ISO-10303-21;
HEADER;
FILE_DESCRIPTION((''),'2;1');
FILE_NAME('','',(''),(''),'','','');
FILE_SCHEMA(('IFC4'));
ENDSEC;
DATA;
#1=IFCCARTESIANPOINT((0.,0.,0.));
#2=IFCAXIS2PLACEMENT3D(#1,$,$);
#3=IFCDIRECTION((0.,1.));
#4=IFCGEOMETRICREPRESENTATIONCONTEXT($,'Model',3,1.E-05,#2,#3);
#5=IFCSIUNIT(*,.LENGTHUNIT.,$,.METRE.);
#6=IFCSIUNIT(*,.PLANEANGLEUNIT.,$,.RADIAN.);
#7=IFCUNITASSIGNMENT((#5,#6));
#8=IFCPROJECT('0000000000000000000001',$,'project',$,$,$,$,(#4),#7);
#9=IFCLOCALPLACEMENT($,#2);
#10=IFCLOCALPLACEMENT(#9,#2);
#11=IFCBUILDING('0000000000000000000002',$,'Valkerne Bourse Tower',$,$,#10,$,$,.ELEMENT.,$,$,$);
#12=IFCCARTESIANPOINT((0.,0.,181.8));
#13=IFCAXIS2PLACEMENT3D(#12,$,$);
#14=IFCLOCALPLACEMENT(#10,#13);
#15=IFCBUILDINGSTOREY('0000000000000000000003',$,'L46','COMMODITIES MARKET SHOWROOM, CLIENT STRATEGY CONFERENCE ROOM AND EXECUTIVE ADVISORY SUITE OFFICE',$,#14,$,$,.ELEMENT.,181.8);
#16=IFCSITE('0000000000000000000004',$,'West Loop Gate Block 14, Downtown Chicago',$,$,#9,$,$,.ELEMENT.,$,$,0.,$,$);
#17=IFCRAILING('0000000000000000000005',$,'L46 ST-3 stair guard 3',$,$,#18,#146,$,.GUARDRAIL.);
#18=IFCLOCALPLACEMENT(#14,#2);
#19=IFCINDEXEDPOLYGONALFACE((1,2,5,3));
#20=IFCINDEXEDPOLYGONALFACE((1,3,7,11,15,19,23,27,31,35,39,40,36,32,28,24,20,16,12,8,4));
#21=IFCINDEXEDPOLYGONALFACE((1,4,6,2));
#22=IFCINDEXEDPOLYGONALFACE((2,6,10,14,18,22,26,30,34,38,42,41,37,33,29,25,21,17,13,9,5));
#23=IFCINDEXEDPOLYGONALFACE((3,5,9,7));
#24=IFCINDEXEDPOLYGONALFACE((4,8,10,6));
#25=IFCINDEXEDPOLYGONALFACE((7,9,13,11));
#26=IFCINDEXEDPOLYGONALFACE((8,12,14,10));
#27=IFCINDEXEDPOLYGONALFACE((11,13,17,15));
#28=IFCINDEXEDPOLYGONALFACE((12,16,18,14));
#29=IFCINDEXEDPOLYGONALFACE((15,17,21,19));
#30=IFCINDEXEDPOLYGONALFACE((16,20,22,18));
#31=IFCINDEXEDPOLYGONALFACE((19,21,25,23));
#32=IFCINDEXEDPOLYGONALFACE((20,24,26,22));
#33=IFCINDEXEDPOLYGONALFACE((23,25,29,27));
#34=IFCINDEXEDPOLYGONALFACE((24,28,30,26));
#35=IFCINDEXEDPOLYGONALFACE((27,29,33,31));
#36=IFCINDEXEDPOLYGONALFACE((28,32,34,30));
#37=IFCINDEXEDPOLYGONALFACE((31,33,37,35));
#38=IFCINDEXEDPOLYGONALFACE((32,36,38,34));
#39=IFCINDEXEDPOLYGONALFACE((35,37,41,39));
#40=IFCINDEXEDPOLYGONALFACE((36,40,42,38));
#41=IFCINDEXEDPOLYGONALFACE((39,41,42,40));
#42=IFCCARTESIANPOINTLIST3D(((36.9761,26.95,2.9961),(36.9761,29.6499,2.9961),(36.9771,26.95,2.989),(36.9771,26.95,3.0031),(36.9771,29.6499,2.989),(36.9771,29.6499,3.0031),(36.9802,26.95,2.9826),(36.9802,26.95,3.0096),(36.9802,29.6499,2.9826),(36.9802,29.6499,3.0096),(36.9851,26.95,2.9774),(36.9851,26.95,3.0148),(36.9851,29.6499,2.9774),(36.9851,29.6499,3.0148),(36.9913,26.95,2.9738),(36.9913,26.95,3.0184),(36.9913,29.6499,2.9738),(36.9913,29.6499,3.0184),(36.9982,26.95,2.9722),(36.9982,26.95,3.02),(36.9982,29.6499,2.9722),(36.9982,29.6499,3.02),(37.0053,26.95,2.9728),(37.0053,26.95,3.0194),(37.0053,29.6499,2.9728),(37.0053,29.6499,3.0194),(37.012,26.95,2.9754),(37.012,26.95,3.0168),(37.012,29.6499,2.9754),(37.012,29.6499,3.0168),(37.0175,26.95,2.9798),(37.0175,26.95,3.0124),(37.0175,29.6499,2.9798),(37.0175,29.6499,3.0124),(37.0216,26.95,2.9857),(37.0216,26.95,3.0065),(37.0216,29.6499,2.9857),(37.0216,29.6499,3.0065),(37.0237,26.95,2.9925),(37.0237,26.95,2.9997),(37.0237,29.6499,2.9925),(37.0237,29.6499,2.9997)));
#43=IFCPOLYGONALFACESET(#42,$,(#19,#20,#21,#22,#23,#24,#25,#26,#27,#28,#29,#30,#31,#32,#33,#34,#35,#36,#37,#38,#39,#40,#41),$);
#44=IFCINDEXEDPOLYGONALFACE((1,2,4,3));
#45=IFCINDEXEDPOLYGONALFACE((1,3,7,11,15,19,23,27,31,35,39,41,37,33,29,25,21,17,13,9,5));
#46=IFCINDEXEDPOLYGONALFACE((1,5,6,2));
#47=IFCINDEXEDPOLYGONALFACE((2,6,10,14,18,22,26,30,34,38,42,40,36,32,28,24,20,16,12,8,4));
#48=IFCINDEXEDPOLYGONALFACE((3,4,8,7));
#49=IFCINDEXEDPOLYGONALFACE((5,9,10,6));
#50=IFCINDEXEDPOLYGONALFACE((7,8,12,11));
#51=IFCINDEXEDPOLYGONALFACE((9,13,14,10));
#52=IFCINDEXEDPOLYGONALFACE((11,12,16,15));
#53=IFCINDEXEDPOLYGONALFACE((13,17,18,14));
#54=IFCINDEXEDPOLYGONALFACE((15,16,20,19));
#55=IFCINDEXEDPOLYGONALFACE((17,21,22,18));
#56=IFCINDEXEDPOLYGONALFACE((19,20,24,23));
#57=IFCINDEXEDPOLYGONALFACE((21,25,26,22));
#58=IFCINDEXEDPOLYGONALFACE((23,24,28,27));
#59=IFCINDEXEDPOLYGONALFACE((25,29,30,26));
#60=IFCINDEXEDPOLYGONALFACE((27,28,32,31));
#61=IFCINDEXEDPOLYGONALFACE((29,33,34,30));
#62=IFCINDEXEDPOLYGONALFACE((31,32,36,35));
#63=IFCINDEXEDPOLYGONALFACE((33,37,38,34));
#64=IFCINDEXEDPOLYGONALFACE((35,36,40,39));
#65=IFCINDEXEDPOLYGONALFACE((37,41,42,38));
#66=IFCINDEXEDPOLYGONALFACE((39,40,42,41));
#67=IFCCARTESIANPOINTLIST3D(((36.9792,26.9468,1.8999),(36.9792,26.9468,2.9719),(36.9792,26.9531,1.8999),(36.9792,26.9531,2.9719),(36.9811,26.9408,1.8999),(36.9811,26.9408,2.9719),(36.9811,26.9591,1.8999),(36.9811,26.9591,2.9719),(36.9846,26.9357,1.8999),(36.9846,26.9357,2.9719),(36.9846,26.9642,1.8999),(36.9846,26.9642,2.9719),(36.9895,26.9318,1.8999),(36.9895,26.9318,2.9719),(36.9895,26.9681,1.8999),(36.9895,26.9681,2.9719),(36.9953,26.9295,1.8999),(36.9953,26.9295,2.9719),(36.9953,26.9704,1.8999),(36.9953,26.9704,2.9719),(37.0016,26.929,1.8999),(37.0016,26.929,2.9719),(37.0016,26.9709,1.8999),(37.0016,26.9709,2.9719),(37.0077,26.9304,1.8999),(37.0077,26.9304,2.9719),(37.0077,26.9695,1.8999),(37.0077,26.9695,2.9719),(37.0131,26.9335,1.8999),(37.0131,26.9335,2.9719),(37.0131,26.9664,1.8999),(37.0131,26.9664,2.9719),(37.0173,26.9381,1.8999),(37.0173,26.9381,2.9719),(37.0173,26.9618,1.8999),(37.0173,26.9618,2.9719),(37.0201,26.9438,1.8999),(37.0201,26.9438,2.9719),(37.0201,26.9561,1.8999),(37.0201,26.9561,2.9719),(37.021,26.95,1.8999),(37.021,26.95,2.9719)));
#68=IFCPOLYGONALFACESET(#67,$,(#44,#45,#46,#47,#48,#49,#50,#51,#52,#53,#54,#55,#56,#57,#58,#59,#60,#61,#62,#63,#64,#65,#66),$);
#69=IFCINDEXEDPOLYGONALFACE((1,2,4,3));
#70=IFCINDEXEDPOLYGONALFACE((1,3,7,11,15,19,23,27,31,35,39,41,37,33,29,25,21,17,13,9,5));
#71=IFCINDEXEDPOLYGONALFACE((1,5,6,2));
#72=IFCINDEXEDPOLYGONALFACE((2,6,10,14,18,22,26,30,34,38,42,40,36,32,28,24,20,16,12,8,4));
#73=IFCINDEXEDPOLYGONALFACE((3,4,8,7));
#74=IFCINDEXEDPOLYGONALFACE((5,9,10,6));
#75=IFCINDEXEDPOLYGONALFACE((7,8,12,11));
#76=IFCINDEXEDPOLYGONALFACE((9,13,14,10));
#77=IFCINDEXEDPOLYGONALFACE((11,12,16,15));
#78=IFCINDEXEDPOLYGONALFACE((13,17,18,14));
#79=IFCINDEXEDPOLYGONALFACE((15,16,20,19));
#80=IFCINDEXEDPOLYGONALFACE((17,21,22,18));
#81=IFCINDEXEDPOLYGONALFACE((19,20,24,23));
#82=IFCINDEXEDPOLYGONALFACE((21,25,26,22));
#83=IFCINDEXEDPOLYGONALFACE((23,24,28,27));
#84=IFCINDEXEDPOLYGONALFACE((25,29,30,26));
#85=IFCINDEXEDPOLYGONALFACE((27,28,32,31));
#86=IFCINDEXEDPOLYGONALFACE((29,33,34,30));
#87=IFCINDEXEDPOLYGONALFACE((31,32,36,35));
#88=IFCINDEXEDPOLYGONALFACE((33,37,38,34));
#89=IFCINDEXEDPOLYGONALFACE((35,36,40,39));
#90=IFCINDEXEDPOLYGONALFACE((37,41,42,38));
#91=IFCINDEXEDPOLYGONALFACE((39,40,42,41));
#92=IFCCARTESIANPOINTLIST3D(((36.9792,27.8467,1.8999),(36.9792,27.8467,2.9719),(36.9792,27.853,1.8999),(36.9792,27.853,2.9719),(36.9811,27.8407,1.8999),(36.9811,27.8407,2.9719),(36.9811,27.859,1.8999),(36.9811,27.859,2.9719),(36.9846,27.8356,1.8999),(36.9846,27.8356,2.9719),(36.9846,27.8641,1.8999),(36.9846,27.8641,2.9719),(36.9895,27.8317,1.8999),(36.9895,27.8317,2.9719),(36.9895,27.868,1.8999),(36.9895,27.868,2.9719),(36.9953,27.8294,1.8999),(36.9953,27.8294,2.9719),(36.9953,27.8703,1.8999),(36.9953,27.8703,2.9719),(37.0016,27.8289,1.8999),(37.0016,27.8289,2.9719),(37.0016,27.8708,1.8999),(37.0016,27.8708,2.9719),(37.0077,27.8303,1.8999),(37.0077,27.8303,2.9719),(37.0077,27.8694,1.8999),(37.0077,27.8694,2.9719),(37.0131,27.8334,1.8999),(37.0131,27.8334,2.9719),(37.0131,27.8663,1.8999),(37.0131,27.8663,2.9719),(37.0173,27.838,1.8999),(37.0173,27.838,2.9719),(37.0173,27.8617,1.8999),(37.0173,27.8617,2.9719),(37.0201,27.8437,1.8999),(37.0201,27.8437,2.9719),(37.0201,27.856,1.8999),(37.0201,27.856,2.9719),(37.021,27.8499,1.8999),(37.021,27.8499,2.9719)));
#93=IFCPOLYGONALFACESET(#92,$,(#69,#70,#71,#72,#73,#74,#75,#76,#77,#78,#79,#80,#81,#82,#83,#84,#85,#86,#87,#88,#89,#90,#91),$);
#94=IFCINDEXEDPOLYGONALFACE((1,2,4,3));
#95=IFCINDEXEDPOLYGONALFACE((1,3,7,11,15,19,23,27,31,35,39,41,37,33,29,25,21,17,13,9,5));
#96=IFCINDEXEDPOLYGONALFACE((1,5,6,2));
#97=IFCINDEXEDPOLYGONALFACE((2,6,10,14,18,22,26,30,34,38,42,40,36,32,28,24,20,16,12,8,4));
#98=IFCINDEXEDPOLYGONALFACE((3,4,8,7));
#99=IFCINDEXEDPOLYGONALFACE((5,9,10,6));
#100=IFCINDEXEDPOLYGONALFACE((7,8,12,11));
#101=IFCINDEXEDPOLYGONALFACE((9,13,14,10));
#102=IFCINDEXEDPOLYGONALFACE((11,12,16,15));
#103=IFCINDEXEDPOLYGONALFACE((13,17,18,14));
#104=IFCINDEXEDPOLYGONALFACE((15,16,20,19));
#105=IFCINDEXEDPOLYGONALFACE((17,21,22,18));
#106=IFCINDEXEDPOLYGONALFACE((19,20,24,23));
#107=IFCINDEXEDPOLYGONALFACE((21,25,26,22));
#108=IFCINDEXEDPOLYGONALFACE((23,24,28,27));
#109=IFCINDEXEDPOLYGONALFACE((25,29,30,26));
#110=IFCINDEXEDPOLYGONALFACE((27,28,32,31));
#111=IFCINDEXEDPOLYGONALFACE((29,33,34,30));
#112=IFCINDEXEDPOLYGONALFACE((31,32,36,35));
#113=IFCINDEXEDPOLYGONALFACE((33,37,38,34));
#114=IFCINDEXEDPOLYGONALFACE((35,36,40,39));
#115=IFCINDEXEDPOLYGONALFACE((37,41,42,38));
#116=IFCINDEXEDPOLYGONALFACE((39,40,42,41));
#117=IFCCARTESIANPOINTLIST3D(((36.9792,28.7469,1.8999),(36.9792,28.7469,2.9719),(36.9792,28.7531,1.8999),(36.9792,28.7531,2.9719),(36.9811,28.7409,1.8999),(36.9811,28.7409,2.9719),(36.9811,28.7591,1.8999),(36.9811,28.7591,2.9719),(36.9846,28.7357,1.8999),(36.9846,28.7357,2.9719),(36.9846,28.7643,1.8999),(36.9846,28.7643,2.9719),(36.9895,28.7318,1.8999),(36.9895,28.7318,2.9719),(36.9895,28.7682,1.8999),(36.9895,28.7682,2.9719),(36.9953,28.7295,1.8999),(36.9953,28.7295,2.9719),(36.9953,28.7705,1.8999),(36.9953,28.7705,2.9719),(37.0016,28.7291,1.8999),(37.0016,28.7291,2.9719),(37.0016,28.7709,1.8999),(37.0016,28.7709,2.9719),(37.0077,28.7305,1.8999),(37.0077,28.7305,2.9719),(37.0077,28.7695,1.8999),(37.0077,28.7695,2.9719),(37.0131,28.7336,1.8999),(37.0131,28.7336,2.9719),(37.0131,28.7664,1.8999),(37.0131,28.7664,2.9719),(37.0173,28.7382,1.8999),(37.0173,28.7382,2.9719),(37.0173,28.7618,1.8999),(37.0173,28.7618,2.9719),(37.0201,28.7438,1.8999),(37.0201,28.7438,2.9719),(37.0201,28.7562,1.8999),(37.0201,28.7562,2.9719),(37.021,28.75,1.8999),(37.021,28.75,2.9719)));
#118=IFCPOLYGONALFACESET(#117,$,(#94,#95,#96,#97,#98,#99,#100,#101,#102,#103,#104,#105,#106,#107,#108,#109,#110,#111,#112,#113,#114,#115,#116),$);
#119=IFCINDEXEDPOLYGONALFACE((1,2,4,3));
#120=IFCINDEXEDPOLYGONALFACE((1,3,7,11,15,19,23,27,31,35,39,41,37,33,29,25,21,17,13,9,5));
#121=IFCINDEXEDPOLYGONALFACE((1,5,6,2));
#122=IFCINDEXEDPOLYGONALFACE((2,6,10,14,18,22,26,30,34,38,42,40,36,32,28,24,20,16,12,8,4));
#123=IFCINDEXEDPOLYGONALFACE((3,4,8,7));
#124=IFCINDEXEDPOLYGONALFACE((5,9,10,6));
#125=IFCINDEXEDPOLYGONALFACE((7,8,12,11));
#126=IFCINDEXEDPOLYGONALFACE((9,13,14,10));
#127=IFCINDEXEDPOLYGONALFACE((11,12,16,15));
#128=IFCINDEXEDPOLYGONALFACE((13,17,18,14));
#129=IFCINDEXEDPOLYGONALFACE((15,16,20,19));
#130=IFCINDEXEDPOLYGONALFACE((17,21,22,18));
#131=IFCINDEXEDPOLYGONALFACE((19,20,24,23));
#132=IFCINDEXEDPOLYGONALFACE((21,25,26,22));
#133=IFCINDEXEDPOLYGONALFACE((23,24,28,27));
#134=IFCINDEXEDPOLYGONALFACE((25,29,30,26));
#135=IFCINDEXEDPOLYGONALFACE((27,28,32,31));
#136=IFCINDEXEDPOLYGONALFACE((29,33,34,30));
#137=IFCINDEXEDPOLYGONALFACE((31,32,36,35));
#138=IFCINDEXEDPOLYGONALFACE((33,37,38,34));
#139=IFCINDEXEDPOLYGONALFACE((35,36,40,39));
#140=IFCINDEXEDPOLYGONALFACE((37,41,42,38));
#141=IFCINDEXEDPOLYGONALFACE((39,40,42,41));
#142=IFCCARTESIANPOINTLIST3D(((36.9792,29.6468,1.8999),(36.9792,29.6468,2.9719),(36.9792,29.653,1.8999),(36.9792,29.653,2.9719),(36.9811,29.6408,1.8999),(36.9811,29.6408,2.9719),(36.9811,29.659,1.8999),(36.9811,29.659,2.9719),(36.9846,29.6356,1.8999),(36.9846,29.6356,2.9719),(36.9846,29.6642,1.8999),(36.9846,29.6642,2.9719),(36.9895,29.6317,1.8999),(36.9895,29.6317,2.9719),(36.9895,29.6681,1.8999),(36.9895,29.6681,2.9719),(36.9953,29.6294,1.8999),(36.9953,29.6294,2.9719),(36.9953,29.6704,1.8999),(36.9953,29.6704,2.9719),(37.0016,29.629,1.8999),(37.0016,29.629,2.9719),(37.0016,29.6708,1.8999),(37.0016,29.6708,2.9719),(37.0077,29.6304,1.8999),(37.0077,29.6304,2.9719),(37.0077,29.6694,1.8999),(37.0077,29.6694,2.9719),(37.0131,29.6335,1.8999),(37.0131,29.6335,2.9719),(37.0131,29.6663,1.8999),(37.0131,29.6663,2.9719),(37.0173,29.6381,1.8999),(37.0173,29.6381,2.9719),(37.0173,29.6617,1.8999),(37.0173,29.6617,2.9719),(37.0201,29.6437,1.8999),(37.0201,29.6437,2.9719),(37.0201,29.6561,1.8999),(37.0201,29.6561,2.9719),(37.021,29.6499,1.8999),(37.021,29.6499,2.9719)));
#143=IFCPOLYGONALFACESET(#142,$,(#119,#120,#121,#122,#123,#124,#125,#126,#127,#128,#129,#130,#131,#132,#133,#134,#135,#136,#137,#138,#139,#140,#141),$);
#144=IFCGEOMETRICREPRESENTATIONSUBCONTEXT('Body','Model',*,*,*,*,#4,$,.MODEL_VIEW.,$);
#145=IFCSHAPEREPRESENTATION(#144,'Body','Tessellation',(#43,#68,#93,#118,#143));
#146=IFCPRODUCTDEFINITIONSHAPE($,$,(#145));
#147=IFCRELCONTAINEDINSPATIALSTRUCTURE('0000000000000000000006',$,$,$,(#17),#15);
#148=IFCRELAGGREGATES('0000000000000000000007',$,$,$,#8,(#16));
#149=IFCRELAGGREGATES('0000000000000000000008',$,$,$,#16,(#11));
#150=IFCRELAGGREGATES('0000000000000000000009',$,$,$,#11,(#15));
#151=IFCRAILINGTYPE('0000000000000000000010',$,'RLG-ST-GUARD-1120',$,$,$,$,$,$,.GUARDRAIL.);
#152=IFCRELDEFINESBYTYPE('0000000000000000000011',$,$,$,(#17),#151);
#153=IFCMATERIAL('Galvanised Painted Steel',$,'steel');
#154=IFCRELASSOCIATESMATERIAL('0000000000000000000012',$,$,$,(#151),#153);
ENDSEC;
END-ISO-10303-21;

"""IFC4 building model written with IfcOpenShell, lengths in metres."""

from ifc_helpers import new_model, si_unit, direction, frame, origin, origin_2d, place, context, subcontext, project, spatial, circle, extrude, material, type_object, element, save


model = new_model("IFC4")

# Units and contexts
model_context = context("Model", 3, precision=1e-05, world=origin(), true_north=direction((0.0, 1.0)))
body_context = subcontext(model_context, "Body", "Model", "MODEL_VIEW")
ifc_project = project(units=[si_unit("LENGTHUNIT", "METRE"), si_unit("PLANEANGLEUNIT", "RADIAN")], contexts=[model_context])

# Site, building, storey
site_placement = place(None, origin())
site = spatial("IfcSite", under=ifc_project, at=site_placement, Name="West Loop Gate Block 14, Downtown Chicago", CompositionType="ELEMENT", RefElevation=0.0)
building_placement = place(site_placement, origin())
building = spatial("IfcBuilding", under=site, at=building_placement, Name="Valkerne Bourse Tower", CompositionType="ELEMENT")
storey_placement = place(building_placement, frame((0.0, 0.0, 181.8)))
storey = spatial("IfcBuildingStorey", under=building, at=storey_placement, Name="L46", Description="COMMODITIES MARKET SHOWROOM, CLIENT STRATEGY CONFERENCE ROOM AND EXECUTIVE ADVISORY SUITE OFFICE", CompositionType="ELEMENT", Elevation=181.8)

# Railing
ifc_material_1 = material(Name="Galvanised Painted Steel", Category="steel")
railing_type_1 = type_object("IfcRailingType", Name="RLG-ST-GUARD-1120", PredefinedType="GUARDRAIL", material=ifc_material_1)
for number, where, name in (
    (1, (37.0, 26.95, 1.8999), "L46 ST-3 stair guard 3"),
):
    element("IfcRailing", number, at=place(storey_placement, frame(where)), inside=storey, type_object=railing_type_1, Name=name, PredefinedType="GUARDRAIL", context=body_context, shape_type="SweptSolid", body=[
        extrude(circle(Radius=0.0239, at=origin_2d()), frame((0.0, 0.0, 1.0962), z_axis=(0.0, 1.0, 0.0), x_axis=(-1.0, 0.0, 0.0)), (0.0, 0.0, 1.0), 2.7),
        extrude(circle(Radius=0.021, at=origin_2d()), origin(), (0.0, 0.0, 1.0), 1.072),
        extrude(circle(Radius=0.021, at=origin_2d()), frame((0.0, 0.8999, 0.0)), (0.0, 0.0, 1.0), 1.072),
        extrude(circle(Radius=0.021, at=origin_2d()), frame((0.0, 1.8, 0.0)), (0.0, 0.0, 1.0), 1.072),
        extrude(circle(Radius=0.021, at=origin_2d()), frame((0.0, 2.7, 0.0)), (0.0, 0.0, 1.0), 1.072),
    ])

save(model, "model.ifc")
